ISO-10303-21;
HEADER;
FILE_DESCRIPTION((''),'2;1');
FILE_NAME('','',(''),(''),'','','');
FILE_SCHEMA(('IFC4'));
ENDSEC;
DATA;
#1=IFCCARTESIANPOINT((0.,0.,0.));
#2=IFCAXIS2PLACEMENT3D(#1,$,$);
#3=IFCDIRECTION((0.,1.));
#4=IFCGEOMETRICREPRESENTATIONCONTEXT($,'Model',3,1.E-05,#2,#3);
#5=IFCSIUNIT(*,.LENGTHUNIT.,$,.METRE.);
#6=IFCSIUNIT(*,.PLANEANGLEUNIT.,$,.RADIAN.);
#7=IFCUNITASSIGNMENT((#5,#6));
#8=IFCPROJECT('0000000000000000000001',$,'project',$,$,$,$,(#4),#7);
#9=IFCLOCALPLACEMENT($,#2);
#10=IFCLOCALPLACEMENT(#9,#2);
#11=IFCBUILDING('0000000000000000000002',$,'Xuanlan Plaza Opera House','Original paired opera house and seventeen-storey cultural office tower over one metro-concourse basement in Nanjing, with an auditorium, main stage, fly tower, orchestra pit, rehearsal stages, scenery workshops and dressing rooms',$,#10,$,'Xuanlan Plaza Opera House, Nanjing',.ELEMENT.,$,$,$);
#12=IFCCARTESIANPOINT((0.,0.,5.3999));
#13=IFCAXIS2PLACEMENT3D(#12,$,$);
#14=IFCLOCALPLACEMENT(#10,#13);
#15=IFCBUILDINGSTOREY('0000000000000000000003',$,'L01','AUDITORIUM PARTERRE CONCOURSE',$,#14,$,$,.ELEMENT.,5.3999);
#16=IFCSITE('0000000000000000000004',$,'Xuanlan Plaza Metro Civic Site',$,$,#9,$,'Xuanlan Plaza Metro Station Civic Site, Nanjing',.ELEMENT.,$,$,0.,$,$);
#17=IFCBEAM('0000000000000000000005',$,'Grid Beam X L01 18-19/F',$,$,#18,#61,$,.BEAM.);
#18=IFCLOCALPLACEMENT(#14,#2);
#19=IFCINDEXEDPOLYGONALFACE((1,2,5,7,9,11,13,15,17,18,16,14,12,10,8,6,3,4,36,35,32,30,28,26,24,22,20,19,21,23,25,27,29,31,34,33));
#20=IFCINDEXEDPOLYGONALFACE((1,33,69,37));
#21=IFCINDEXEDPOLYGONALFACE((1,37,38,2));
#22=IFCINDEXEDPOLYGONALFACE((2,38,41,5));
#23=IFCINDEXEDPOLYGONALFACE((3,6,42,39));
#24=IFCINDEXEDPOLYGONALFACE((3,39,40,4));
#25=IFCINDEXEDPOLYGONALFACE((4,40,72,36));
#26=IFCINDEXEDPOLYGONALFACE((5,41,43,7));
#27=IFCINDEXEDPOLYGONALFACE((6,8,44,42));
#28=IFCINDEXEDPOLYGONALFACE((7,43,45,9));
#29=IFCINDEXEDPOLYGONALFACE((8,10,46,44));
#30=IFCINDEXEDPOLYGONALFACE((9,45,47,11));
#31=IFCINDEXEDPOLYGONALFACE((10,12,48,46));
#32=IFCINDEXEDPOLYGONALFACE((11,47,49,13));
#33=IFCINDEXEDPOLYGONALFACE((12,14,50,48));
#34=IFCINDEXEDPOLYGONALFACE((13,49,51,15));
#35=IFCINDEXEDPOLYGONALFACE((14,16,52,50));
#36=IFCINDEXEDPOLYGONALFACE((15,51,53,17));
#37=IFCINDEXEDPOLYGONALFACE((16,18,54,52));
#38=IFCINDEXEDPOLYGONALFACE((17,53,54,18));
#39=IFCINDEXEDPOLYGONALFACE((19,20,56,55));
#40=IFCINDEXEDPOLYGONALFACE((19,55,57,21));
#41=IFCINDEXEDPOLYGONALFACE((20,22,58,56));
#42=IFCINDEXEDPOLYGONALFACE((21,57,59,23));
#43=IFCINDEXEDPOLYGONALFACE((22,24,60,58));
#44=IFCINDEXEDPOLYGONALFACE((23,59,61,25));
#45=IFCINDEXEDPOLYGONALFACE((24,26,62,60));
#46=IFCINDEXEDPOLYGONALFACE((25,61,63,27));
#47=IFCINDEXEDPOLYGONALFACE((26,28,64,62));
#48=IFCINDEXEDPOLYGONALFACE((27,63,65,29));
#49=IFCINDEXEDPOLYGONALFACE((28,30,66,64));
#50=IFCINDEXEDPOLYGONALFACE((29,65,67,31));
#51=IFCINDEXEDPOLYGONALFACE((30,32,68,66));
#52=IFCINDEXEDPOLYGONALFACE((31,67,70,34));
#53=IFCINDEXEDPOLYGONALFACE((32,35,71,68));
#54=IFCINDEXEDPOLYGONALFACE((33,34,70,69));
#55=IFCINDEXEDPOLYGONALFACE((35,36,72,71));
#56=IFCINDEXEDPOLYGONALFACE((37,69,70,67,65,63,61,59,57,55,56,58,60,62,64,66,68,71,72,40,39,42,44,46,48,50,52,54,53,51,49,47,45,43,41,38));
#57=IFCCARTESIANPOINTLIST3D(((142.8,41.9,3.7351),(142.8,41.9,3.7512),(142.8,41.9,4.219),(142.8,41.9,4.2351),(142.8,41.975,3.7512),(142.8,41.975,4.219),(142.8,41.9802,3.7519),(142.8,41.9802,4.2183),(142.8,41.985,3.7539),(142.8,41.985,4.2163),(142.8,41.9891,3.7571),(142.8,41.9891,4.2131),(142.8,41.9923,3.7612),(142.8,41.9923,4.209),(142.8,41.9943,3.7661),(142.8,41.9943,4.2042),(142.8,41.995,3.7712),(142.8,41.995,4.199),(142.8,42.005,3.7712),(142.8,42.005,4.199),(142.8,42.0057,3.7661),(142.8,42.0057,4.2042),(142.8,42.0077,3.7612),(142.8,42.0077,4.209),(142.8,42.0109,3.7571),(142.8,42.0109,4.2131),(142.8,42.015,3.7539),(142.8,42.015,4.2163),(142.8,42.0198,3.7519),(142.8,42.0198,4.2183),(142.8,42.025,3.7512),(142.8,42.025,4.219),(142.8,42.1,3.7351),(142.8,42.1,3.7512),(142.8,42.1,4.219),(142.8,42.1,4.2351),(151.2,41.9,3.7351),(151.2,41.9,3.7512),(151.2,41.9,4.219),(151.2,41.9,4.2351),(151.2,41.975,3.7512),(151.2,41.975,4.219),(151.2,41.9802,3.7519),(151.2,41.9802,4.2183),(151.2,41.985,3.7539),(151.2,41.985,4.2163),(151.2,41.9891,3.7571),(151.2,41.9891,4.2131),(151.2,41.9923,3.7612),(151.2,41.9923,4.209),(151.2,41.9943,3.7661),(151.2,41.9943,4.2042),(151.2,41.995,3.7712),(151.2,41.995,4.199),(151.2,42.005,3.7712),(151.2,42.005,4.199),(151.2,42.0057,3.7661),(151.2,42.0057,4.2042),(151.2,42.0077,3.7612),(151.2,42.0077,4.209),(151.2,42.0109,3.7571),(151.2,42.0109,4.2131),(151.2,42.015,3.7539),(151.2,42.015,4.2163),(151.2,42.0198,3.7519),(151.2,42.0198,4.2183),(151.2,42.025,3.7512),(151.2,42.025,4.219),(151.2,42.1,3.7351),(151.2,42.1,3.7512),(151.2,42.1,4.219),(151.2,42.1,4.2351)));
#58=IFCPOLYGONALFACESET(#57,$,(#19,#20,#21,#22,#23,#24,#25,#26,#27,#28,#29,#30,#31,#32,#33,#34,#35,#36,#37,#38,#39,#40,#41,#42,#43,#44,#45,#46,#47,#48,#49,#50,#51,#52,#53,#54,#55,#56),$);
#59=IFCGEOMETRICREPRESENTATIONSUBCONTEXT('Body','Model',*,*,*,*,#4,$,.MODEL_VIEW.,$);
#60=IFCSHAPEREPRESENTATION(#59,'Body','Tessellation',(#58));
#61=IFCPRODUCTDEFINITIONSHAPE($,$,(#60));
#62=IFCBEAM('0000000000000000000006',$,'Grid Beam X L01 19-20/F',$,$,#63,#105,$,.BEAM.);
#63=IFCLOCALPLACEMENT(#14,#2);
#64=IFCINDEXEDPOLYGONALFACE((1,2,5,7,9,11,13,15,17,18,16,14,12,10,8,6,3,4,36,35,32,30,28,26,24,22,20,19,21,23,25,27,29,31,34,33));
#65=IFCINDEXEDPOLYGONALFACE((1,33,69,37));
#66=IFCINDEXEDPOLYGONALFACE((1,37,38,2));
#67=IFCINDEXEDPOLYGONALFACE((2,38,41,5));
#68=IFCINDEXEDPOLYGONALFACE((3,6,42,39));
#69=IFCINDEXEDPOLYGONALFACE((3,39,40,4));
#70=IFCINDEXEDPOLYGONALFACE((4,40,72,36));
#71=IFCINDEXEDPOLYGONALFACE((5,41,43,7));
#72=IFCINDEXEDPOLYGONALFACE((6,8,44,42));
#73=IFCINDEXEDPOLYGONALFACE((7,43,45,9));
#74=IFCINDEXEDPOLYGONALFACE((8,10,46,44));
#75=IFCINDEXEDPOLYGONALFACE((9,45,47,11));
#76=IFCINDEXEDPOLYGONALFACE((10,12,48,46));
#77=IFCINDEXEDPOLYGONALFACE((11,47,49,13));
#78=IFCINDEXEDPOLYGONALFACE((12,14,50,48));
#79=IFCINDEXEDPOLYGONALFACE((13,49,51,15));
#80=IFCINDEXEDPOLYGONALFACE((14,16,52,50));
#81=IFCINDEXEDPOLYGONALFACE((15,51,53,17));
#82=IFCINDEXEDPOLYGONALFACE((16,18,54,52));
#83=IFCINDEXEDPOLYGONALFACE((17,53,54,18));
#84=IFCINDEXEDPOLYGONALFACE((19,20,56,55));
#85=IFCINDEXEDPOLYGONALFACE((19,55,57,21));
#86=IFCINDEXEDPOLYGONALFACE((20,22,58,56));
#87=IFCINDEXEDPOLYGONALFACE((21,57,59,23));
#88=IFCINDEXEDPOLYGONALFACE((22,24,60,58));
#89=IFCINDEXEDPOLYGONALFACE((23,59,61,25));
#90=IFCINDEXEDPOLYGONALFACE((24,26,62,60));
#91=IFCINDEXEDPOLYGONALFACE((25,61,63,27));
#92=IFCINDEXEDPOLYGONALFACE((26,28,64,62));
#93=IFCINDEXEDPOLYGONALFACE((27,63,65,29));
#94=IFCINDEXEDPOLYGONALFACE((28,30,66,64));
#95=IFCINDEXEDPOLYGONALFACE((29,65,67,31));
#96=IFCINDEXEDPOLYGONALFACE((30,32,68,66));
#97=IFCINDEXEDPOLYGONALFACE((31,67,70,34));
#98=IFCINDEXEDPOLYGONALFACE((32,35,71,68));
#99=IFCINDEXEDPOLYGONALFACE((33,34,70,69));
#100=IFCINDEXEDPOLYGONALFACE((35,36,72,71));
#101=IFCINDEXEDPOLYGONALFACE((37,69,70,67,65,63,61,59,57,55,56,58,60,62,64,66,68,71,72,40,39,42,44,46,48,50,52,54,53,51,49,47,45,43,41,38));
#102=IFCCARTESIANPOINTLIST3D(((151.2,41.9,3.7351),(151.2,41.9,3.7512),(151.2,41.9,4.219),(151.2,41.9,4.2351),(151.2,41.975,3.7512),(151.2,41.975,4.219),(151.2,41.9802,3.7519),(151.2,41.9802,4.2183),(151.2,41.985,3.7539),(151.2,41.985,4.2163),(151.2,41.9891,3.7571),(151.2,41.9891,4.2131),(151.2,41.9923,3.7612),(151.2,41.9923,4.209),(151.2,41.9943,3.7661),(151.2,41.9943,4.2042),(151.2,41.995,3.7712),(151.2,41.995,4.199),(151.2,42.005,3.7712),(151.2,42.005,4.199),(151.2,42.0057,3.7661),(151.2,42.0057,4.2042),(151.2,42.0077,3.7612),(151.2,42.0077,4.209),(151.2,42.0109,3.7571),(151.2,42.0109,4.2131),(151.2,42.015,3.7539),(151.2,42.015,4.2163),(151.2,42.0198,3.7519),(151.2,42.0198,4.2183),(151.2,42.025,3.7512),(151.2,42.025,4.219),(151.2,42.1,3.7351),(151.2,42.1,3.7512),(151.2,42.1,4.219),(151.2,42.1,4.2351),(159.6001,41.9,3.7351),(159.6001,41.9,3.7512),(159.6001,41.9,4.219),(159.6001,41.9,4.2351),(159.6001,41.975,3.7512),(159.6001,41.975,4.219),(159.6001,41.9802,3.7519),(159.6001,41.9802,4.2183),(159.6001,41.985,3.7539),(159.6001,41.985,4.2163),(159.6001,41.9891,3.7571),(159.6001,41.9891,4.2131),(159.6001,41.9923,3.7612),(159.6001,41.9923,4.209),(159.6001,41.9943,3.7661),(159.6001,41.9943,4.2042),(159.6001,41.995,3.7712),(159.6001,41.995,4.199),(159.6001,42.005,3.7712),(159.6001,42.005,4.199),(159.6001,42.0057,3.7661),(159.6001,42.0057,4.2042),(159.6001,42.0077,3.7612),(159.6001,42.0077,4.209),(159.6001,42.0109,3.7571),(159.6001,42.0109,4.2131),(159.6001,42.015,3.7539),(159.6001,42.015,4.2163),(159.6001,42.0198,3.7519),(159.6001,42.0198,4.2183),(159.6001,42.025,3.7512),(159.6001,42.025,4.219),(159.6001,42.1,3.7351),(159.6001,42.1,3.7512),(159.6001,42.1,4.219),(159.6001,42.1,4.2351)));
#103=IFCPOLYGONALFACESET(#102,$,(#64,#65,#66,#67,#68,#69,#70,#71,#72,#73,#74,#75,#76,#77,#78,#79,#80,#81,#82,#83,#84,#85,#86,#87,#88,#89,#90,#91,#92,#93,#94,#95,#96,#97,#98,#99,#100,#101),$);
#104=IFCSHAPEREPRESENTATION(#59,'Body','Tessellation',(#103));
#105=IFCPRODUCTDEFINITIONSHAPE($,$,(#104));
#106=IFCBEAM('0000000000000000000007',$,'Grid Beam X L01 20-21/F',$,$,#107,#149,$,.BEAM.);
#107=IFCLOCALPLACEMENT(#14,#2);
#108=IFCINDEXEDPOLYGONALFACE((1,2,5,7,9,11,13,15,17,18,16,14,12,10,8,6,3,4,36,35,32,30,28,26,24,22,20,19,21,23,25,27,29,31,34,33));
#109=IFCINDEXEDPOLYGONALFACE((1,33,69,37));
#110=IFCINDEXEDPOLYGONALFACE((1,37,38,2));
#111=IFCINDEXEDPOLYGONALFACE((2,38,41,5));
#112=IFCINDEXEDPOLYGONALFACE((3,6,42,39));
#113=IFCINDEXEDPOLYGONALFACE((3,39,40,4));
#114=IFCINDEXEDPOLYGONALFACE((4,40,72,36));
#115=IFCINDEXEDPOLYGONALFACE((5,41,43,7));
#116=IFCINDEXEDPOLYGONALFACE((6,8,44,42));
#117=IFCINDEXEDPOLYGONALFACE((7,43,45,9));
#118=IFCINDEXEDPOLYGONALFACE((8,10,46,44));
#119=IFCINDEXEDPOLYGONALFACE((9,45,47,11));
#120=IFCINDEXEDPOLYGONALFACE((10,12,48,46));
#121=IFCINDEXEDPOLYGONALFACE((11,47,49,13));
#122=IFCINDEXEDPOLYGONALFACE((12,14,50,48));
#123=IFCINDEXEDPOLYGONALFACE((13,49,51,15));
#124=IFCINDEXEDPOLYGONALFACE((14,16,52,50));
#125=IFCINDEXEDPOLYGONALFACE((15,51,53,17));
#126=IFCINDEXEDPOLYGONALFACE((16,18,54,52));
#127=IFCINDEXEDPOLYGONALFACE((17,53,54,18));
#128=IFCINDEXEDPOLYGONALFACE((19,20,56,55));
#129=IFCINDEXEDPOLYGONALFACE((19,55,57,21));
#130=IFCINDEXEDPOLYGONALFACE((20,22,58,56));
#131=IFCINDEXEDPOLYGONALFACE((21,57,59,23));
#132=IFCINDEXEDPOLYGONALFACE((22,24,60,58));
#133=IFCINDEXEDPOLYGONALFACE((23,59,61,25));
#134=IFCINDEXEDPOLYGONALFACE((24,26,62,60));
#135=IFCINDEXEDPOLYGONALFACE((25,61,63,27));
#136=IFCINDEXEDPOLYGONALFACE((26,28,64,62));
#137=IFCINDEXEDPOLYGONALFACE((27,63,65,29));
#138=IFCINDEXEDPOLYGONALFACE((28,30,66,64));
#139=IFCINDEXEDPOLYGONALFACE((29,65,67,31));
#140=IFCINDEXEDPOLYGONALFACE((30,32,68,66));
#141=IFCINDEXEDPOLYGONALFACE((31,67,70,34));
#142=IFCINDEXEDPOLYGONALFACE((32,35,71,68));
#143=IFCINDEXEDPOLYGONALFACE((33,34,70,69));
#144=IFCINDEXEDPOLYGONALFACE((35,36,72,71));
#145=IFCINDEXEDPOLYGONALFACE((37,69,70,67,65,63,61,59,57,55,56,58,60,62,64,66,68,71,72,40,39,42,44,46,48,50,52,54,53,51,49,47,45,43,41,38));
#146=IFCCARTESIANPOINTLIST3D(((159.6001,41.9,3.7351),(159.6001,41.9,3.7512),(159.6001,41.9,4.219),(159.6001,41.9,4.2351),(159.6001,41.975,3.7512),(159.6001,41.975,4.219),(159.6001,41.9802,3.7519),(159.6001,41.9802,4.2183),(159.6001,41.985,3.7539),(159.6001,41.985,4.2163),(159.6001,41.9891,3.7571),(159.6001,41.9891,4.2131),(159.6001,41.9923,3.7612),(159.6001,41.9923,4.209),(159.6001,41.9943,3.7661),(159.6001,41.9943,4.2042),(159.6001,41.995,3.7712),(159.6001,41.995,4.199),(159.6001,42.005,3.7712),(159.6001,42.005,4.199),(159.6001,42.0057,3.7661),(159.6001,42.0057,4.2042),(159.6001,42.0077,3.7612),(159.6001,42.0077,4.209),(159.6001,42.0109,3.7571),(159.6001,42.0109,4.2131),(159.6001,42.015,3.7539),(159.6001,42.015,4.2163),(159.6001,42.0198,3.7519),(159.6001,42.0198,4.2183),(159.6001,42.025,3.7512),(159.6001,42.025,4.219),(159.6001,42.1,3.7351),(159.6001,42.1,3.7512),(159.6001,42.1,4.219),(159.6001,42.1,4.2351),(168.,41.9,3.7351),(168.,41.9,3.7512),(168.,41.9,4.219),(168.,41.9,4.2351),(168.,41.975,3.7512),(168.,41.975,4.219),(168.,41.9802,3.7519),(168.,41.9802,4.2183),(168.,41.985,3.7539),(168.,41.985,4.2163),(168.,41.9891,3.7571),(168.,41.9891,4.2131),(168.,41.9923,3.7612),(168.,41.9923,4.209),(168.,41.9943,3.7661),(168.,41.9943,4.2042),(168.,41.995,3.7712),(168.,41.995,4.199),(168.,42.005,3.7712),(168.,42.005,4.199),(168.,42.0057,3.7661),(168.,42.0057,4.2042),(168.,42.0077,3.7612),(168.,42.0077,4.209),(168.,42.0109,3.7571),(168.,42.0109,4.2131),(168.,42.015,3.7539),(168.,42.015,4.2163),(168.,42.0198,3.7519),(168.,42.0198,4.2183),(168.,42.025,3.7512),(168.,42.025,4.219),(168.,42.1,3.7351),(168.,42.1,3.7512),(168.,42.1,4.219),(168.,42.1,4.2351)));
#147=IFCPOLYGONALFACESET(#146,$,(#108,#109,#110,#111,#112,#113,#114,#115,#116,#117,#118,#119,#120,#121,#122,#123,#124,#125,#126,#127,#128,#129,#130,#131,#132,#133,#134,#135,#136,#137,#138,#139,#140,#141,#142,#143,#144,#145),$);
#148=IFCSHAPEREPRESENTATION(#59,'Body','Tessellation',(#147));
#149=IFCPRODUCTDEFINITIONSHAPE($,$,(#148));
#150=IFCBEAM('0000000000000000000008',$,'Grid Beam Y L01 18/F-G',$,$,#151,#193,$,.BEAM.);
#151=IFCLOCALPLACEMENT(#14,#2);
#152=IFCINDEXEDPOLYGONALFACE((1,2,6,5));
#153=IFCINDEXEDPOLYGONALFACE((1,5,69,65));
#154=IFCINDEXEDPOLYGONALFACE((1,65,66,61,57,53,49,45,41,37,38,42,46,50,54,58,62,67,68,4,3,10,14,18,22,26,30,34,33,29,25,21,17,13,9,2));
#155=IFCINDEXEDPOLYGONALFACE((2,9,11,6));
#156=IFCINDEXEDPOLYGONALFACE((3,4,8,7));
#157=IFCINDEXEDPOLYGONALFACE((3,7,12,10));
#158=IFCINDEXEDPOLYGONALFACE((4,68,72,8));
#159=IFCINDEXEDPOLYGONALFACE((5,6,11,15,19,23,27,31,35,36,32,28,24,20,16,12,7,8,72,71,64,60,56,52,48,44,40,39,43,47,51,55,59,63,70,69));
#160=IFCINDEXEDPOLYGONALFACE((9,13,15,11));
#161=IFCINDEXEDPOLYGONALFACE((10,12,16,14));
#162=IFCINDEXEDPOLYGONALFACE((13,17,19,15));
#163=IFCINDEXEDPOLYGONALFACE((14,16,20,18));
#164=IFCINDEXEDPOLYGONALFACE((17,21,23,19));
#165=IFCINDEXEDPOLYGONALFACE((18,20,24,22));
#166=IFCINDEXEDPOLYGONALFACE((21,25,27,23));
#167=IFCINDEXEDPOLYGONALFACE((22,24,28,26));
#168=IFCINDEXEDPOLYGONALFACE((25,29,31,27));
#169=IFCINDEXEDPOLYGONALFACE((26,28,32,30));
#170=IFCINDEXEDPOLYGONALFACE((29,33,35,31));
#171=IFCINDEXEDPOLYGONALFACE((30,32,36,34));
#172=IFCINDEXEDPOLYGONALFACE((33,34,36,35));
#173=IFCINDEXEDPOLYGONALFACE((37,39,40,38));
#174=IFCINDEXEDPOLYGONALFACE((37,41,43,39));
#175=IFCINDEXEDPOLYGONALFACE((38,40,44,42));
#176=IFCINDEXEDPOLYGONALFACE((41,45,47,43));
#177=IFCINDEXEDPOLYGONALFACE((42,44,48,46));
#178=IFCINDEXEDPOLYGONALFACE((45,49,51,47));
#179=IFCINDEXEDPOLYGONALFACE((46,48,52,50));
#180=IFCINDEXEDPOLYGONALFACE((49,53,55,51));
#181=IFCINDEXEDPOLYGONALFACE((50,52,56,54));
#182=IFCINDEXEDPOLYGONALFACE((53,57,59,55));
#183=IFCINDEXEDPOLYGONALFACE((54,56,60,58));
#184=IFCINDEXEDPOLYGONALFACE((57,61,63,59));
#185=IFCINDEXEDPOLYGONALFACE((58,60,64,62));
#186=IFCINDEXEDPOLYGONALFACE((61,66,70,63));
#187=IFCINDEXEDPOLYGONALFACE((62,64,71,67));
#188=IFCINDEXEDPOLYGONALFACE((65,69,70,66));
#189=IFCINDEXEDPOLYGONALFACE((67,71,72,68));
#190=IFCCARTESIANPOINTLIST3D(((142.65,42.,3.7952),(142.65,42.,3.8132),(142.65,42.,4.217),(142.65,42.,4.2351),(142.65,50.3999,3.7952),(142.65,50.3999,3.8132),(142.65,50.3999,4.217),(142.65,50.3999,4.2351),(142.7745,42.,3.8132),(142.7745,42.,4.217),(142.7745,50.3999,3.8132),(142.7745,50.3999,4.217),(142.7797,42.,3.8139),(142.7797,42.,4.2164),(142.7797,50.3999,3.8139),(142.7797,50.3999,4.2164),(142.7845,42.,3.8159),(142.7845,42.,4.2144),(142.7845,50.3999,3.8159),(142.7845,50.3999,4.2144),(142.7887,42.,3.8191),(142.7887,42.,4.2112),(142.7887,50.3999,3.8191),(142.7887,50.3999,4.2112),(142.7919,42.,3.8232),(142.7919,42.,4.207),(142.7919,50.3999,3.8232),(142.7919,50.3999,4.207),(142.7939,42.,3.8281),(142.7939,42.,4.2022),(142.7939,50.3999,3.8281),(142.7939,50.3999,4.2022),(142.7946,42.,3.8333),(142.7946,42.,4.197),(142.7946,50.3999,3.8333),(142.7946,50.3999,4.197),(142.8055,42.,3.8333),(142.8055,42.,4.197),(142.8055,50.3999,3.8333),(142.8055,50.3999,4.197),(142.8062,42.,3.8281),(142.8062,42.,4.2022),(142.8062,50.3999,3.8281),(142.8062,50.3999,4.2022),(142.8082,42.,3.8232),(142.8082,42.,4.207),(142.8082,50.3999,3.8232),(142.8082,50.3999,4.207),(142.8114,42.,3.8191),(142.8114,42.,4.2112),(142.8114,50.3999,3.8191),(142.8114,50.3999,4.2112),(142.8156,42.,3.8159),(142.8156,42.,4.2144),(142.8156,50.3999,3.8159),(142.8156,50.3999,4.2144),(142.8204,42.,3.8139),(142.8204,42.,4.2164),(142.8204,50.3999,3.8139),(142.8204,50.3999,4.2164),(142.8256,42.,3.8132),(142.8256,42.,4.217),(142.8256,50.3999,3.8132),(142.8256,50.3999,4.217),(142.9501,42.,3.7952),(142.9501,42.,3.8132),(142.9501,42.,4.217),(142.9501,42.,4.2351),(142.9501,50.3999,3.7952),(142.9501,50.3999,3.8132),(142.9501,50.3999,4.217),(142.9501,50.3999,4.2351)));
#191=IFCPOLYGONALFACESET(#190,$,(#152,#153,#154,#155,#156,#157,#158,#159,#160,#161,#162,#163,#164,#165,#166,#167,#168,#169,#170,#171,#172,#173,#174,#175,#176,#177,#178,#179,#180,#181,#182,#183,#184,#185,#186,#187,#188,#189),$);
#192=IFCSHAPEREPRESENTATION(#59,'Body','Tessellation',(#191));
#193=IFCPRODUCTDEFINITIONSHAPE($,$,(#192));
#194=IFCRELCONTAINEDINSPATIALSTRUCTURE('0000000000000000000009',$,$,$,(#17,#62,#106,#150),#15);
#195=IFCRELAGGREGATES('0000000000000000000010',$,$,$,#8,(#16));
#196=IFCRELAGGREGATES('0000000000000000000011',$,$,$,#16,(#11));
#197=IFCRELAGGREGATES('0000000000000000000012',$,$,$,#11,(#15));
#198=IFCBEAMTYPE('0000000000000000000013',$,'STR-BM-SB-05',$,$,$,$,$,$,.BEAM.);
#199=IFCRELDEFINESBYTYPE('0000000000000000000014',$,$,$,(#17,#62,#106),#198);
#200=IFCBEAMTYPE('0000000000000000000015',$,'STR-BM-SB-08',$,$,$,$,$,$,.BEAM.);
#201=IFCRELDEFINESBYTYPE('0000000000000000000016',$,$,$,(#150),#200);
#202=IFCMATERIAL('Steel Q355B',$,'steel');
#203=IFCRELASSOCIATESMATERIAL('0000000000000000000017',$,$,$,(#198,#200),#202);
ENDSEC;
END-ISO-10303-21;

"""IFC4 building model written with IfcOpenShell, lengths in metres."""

from ifc_helpers import new_model, si_unit, direction, frame, origin, origin_2d, place, context, subcontext, project, spatial, i_section, extrude, material, material_profile, profile_set, type_object, element, save


model = new_model("IFC4")

# Units and contexts
model_context = context("Model", 3, precision=1e-05, world=origin(), true_north=direction((0.0, 1.0)))
body_context = subcontext(model_context, "Body", "Model", "MODEL_VIEW")
ifc_project = project(units=[si_unit("LENGTHUNIT", "METRE"), si_unit("PLANEANGLEUNIT", "RADIAN")], contexts=[model_context])

# Site, building, storey
site_placement = place(None, origin())
site = spatial("IfcSite", under=ifc_project, at=site_placement, Name="Xuanlan Plaza Metro Civic Site", LongName="Xuanlan Plaza Metro Station Civic Site, Nanjing", CompositionType="ELEMENT", RefElevation=0.0)
building_placement = place(site_placement, origin())
building = spatial("IfcBuilding", under=site, at=building_placement, Name="Xuanlan Plaza Opera House", Description="Original paired opera house and seventeen-storey cultural office tower over one metro-concourse basement in Nanjing, with an auditorium, main stage, fly tower, orchestra pit, rehearsal stages, scenery workshops and dressing rooms", LongName="Xuanlan Plaza Opera House, Nanjing", CompositionType="ELEMENT")
storey_placement = place(building_placement, frame((0.0, 0.0, 5.3999)))
storey = spatial("IfcBuildingStorey", under=building, at=storey_placement, Name="L01", Description="AUDITORIUM PARTERRE CONCOURSE", CompositionType="ELEMENT", Elevation=5.3999)

# Beams
ifc_material_1 = material(Name="Steel Q355B", Category="steel")
ifc_material_profile_1 = material_profile(ifc_material_1, i_section(OverallWidth=0.2, OverallDepth=0.5, WebThickness=0.01, FlangeThickness=0.0161, FilletRadius=0.02, at=origin_2d()), Name="HN 500x200x10x16")
ifc_profile_set_1 = profile_set([ifc_material_profile_1], Name="Steel Q355B")
beam_type_1 = type_object("IfcBeamType", Name="STR-BM-SB-05", PredefinedType="BEAM", material=ifc_profile_set_1)
beam_1_placement = place(storey_placement, frame((142.8, 42.0, 3.9851), z_axis=(1.0, 0.0, 0.0), x_axis=(0.0, 1.0, 0.0)))
element("IfcBeam", 1, at=beam_1_placement, inside=storey, type_object=beam_type_1, Name="Grid Beam X L01 18-19/F", PredefinedType="BEAM", context=body_context, shape_type="SweptSolid", body=[
    extrude(i_section(OverallWidth=0.2, OverallDepth=0.5, WebThickness=0.01, FlangeThickness=0.0161, FilletRadius=0.02, at=origin_2d()), origin(), (0.0, 0.0, 1.0), 8.3999),
])
beam_2_placement = place(storey_placement, frame((151.2, 42.0, 3.9851), z_axis=(1.0, 0.0, 0.0), x_axis=(0.0, 1.0, 0.0)))
element("IfcBeam", 2, at=beam_2_placement, inside=storey, type_object=beam_type_1, Name="Grid Beam X L01 19-20/F", PredefinedType="BEAM", context=body_context, shape_type="SweptSolid", body=[
    extrude(i_section(OverallWidth=0.2, OverallDepth=0.5, WebThickness=0.01, FlangeThickness=0.0161, FilletRadius=0.02, at=origin_2d()), origin(), (0.0, 0.0, 1.0), 8.4001),
])
beam_3_placement = place(storey_placement, frame((159.6001, 42.0, 3.9851), z_axis=(1.0, 0.0, 0.0), x_axis=(0.0, 1.0, 0.0)))
element("IfcBeam", 3, at=beam_3_placement, inside=storey, type_object=beam_type_1, Name="Grid Beam X L01 20-21/F", PredefinedType="BEAM", context=body_context, shape_type="SweptSolid", body=[
    extrude(i_section(OverallWidth=0.2, OverallDepth=0.5, WebThickness=0.01, FlangeThickness=0.0161, FilletRadius=0.02, at=origin_2d()), origin(), (0.0, 0.0, 1.0), 8.3999),
])
ifc_material_profile_2 = material_profile(ifc_material_1, i_section(OverallWidth=0.3, OverallDepth=0.4399, WebThickness=0.011, FlangeThickness=0.0181, FilletRadius=0.02, at=origin_2d()), Name="HM 440x300x11x18")
ifc_profile_set_2 = profile_set([ifc_material_profile_2], Name="Steel Q355B")
beam_type_2 = type_object("IfcBeamType", Name="STR-BM-SB-08", PredefinedType="BEAM", material=ifc_profile_set_2)
beam_4_placement = place(storey_placement, frame((142.8, 42.0, 4.0151), z_axis=(0.0, 1.0, 0.0), x_axis=(-1.0, 0.0, 0.0)))
element("IfcBeam", 4, at=beam_4_placement, inside=storey, type_object=beam_type_2, Name="Grid Beam Y L01 18/F-G", PredefinedType="BEAM", context=body_context, shape_type="SweptSolid", body=[
    extrude(i_section(OverallWidth=0.3, OverallDepth=0.4399, WebThickness=0.011, FlangeThickness=0.0181, FilletRadius=0.02, at=origin_2d()), origin(), (0.0, 0.0, 1.0), 8.3999),
])

save(model, "model.ifc")
